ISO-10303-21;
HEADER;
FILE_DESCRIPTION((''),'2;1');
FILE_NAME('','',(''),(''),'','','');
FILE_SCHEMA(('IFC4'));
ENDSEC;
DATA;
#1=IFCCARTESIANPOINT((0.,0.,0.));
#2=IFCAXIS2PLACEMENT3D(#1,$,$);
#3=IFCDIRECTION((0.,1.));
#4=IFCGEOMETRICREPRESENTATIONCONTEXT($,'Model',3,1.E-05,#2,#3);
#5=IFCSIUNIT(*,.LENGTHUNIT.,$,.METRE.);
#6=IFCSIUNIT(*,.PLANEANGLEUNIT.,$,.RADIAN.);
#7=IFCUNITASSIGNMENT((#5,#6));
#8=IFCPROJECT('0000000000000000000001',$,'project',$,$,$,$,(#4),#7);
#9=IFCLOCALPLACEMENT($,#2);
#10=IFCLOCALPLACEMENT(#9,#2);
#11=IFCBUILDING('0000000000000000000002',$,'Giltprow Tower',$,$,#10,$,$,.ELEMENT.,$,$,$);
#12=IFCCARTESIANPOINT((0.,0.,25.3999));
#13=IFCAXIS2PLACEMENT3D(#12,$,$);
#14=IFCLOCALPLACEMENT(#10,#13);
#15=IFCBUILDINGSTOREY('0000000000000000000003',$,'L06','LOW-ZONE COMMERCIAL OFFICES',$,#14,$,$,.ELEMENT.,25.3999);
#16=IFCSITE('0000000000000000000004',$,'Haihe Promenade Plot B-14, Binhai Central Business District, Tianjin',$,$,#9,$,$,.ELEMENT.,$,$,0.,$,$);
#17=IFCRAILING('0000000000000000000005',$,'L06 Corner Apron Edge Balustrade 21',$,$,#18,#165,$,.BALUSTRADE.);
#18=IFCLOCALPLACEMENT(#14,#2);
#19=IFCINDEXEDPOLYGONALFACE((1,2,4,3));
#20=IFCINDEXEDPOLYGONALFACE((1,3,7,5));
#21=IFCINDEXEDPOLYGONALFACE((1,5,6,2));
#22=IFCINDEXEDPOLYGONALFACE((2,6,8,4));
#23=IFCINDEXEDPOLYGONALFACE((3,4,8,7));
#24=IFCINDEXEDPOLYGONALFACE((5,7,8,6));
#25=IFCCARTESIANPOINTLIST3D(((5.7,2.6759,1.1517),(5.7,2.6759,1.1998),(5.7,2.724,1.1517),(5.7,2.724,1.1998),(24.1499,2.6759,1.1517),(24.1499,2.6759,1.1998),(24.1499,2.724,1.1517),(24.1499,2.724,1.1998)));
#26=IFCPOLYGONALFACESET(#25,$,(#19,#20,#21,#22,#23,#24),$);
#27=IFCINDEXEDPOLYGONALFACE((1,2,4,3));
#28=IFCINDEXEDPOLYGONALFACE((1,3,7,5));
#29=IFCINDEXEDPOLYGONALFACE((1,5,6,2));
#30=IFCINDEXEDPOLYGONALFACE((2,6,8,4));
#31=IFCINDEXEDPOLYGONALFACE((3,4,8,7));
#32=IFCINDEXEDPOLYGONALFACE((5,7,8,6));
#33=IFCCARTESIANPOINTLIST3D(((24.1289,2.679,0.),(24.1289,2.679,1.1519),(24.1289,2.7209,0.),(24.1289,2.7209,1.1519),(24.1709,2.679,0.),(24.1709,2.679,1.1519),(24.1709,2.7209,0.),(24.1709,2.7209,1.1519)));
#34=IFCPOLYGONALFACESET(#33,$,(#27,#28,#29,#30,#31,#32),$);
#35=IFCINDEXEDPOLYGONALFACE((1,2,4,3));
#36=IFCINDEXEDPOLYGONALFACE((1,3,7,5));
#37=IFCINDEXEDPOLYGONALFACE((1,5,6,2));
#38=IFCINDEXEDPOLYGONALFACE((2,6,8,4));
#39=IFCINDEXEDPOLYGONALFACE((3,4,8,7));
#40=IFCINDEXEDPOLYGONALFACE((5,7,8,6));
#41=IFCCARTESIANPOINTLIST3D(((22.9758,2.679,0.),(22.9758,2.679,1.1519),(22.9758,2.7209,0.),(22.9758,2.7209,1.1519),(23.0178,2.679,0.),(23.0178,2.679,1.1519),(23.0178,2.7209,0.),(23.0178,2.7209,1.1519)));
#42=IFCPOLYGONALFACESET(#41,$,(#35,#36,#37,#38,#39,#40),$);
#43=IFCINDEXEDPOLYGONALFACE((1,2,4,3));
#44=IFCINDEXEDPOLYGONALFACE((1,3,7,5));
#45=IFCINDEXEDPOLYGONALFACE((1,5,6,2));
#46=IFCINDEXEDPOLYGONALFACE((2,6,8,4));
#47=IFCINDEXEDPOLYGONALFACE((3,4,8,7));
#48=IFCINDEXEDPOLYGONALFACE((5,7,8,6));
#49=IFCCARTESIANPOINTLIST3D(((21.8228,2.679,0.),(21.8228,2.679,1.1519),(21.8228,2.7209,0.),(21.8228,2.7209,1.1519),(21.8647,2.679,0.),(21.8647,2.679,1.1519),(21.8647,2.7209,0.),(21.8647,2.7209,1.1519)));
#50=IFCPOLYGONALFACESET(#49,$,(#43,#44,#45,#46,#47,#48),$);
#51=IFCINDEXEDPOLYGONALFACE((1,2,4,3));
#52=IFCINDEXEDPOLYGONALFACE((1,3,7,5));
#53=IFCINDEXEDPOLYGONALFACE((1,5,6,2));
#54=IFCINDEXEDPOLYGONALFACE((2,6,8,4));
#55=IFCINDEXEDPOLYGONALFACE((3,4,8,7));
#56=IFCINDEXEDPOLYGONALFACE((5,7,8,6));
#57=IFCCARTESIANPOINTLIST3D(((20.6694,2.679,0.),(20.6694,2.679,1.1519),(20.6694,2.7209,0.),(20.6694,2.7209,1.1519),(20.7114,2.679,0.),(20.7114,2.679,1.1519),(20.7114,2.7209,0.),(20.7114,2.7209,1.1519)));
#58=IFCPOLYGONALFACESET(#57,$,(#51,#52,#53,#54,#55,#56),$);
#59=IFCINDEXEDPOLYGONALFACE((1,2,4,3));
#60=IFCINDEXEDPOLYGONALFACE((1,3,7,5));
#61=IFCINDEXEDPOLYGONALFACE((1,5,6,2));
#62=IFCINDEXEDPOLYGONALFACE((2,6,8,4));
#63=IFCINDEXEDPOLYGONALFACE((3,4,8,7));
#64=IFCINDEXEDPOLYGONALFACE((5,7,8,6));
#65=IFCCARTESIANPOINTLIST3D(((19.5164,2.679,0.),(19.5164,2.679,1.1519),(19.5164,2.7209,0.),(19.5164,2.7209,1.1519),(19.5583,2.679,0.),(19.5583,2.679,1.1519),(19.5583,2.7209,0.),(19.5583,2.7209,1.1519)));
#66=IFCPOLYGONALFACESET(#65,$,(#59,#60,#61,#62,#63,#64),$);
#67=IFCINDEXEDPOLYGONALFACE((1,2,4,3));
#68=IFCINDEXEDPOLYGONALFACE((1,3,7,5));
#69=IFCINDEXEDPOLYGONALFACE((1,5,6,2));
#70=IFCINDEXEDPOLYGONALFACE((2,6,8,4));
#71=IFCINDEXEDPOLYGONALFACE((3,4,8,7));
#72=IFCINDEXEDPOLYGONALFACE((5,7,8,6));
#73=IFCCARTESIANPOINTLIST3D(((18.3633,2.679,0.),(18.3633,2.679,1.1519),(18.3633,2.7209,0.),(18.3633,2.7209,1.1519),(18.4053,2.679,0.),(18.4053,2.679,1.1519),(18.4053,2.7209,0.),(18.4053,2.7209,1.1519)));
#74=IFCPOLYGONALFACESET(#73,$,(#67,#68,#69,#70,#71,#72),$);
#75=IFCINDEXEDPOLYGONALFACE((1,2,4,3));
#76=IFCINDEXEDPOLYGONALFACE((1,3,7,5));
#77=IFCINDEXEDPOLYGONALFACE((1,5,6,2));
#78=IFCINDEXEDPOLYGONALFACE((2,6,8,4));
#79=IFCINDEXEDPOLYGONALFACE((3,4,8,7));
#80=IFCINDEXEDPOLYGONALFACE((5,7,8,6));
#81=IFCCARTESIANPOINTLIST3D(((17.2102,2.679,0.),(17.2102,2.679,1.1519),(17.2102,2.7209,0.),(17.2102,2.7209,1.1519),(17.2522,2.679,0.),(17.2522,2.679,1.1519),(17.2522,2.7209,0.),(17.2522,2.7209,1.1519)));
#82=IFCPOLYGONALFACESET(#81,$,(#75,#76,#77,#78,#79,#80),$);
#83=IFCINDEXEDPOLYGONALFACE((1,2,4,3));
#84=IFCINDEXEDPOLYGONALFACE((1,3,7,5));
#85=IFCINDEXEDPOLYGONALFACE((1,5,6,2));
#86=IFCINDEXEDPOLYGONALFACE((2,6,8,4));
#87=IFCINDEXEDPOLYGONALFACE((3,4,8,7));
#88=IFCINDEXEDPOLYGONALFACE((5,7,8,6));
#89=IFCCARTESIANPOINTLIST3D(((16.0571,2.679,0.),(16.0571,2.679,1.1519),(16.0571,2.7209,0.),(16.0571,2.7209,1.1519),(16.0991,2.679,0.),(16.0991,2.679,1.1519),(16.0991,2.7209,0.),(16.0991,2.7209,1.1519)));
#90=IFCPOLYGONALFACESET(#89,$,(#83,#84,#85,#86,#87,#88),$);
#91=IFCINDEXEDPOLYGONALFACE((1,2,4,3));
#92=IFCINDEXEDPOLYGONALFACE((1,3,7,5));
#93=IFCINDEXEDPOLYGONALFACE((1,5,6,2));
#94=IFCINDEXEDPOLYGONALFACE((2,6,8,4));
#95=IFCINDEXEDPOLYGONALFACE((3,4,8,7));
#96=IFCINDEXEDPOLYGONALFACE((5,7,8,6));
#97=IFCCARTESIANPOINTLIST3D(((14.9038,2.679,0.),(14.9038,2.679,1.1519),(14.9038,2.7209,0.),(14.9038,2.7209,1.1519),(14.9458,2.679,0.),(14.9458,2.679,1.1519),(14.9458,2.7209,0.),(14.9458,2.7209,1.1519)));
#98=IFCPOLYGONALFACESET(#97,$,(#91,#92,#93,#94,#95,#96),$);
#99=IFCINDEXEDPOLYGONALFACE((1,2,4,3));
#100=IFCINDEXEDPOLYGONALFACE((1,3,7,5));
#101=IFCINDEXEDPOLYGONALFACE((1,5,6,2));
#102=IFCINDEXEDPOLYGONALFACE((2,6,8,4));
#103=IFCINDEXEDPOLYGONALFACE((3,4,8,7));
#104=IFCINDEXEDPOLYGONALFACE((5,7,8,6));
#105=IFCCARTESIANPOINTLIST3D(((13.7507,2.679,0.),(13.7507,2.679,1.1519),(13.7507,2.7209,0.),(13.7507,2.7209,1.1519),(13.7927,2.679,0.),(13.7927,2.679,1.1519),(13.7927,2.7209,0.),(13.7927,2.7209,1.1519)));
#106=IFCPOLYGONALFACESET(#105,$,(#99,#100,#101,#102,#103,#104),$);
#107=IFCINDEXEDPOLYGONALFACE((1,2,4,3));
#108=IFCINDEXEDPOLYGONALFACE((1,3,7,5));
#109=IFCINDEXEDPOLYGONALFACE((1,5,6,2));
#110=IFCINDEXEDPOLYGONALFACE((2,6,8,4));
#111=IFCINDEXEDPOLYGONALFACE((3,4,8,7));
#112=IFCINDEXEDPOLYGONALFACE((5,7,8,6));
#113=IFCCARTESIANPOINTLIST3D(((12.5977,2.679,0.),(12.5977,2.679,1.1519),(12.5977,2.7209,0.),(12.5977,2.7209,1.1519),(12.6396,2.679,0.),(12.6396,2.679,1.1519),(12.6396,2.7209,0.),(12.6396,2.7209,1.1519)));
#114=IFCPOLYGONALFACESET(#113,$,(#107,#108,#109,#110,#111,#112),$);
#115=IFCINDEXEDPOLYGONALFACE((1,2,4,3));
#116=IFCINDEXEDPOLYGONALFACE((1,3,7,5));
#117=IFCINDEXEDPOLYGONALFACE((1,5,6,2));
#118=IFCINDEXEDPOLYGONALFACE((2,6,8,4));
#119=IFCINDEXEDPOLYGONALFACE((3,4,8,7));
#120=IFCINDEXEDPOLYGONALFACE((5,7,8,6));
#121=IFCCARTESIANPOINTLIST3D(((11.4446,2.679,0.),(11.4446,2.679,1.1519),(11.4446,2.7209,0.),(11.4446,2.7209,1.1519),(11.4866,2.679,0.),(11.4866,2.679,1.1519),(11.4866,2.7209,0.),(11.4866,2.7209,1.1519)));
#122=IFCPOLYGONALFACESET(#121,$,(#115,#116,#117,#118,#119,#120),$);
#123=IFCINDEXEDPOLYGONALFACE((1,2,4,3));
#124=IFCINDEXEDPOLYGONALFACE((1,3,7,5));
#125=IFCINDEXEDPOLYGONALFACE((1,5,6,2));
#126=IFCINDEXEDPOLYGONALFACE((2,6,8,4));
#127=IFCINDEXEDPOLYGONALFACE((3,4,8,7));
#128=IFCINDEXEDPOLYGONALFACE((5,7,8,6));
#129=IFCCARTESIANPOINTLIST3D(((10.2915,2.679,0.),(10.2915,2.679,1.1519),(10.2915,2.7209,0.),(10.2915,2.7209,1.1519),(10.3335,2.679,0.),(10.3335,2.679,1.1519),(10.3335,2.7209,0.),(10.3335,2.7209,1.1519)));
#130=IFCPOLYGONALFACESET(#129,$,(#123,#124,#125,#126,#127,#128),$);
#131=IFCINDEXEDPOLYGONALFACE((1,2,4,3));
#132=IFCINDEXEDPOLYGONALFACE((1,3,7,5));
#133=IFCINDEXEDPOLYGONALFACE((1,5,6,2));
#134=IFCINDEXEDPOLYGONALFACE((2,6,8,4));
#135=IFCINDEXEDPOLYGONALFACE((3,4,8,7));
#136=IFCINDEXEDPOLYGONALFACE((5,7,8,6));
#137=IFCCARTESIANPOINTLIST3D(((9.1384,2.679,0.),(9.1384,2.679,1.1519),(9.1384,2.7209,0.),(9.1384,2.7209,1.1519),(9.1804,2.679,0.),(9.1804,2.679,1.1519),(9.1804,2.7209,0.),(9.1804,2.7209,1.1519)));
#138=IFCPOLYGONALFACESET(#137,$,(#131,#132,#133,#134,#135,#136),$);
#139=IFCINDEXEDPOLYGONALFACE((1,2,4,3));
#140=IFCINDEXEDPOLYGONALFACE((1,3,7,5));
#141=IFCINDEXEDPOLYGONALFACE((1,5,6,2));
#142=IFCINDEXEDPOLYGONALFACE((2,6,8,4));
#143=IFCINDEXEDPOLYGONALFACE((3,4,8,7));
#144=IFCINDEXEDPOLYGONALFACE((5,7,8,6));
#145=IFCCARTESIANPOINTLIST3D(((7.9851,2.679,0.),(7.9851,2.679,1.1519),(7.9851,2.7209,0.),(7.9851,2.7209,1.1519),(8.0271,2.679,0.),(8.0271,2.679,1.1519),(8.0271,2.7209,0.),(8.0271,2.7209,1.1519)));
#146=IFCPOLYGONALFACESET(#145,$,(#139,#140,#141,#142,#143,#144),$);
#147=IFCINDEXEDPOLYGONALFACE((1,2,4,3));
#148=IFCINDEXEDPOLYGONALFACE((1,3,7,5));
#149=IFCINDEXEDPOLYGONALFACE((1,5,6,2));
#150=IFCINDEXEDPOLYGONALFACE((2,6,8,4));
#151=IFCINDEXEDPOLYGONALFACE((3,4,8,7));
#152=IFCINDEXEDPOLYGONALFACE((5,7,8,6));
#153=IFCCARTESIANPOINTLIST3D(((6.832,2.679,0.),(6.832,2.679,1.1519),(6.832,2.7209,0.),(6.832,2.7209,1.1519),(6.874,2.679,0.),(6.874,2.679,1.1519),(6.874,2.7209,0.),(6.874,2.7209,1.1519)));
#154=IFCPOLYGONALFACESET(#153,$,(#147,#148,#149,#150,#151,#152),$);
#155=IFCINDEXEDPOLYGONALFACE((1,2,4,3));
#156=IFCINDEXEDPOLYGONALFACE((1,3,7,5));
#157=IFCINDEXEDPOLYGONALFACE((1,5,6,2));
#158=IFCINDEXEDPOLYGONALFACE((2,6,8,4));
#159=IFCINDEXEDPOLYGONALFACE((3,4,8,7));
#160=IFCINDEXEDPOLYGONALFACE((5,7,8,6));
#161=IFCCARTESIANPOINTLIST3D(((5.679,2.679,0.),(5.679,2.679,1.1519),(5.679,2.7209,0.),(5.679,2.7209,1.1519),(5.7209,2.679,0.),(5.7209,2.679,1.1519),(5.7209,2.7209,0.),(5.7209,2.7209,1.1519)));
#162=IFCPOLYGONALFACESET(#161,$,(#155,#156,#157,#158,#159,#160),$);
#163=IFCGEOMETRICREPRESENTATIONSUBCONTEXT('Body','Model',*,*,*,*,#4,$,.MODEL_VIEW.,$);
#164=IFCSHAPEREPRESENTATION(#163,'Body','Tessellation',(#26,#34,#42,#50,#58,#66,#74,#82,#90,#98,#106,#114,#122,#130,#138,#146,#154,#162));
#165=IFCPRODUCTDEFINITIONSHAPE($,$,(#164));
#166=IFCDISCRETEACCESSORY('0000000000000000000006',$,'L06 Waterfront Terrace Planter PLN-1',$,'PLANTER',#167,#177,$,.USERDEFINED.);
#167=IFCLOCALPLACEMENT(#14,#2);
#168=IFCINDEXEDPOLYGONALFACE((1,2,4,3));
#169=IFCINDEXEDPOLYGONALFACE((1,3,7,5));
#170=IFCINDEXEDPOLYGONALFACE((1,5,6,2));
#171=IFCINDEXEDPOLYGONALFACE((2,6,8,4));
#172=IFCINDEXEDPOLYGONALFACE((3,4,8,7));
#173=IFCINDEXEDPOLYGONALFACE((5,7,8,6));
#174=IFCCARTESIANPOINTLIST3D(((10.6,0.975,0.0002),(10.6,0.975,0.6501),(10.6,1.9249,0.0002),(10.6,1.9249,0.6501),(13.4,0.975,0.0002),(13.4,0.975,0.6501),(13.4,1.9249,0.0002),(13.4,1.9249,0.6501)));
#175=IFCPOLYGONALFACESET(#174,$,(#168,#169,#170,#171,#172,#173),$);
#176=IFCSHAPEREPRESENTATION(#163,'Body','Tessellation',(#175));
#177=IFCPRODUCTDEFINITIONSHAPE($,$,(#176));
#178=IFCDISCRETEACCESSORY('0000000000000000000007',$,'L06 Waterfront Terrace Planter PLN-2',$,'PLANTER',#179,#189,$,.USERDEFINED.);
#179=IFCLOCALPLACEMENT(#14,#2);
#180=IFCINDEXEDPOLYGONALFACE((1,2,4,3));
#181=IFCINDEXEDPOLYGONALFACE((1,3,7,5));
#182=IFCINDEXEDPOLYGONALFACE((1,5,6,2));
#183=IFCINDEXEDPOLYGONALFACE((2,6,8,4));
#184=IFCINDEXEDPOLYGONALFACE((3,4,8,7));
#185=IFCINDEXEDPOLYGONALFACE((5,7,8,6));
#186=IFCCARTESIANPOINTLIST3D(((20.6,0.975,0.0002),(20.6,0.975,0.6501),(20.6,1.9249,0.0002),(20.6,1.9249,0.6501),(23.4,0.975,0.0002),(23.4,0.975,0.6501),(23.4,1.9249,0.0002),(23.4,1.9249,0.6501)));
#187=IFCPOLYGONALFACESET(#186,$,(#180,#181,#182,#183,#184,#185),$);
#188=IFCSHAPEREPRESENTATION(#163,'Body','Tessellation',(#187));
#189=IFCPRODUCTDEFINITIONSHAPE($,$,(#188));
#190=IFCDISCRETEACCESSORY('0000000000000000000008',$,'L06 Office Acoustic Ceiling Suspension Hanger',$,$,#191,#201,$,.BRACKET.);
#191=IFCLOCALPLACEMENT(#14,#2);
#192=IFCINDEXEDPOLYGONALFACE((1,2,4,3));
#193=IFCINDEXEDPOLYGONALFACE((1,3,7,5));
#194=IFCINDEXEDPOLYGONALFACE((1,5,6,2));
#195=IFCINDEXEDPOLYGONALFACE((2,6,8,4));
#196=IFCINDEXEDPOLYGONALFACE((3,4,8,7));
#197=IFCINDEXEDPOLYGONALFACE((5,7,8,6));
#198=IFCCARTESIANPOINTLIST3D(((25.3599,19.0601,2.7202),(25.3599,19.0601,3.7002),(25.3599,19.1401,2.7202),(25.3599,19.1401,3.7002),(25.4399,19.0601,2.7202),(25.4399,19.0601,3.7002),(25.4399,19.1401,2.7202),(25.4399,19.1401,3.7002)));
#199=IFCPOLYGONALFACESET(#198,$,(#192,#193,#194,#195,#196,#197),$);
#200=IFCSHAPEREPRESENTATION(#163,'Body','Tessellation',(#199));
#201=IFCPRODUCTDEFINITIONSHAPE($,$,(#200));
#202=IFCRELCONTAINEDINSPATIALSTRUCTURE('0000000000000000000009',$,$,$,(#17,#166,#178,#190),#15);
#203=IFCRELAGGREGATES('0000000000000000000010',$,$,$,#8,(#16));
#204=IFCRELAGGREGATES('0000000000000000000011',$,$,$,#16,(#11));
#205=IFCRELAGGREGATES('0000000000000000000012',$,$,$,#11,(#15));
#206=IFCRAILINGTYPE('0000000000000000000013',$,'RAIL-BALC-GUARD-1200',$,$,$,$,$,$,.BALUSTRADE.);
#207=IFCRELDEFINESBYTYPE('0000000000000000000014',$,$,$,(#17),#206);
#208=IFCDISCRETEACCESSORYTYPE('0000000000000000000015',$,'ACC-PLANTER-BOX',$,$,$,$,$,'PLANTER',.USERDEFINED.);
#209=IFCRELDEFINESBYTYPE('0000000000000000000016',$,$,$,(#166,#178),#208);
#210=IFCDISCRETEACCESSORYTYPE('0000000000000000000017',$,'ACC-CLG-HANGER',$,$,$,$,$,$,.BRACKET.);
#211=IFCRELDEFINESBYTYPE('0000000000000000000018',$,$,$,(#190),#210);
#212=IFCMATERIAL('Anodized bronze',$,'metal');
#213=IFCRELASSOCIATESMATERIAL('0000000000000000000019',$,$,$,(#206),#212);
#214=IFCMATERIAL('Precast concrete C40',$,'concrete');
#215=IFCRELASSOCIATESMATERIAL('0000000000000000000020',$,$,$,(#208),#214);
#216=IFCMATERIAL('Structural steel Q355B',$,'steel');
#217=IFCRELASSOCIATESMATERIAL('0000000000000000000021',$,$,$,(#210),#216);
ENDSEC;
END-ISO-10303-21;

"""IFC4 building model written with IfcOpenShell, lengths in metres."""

from ifc_helpers import new_model, si_unit, direction, frame, origin, origin_2d, place, context, subcontext, project, spatial, rectangle, extrude, source, transform, mapped, material, type_object, element, save


model = new_model("IFC4")

# Units and contexts
model_context = context("Model", 3, precision=1e-05, world=origin(), true_north=direction((0.0, 1.0)))
body_context = subcontext(model_context, "Body", "Model", "MODEL_VIEW")
ifc_project = project(units=[si_unit("LENGTHUNIT", "METRE"), si_unit("PLANEANGLEUNIT", "RADIAN")], contexts=[model_context])

# Site, building, storey
site_placement = place(None, origin())
site = spatial("IfcSite", under=ifc_project, at=site_placement, Name="Haihe Promenade Plot B-14, Binhai Central Business District, Tianjin", CompositionType="ELEMENT", RefElevation=0.0)
building_placement = place(site_placement, origin())
building = spatial("IfcBuilding", under=site, at=building_placement, Name="Giltprow Tower", CompositionType="ELEMENT")
storey_placement = place(building_placement, frame((0.0, 0.0, 25.3999)))
storey = spatial("IfcBuildingStorey", under=building, at=storey_placement, Name="L06", Description="LOW-ZONE COMMERCIAL OFFICES", CompositionType="ELEMENT", Elevation=25.3999)

# Shared definitions
ifc_material_1 = material(Name="Structural steel Q355B", Category="steel")

# Shared definitions
ifc_material_2 = material(Name="Anodized bronze", Category="metal")

# Shared definitions
ifc_material_3 = material(Name="Precast concrete C40", Category="concrete")

# Railing
railing_type = type_object("IfcRailingType", Name="RAIL-BALC-GUARD-1200", PredefinedType="BALUSTRADE", material=ifc_material_2)
railing_placement = place(storey_placement, frame((24.1499, 2.7, 0.0)))
element("IfcRailing", 1, at=railing_placement, inside=storey, type_object=railing_type, Name="L06 Corner Apron Edge Balustrade 21", PredefinedType="BALUSTRADE", context=body_context, shape_type="SweptSolid", body=[
    extrude(rectangle(XDim=0.0481, YDim=0.0481, at=origin_2d()), frame((0.0, 0.0, 1.1758), z_axis=(-1.0, 0.0, 0.0), x_axis=(0.0, -1.0, 0.0)), (0.0, 0.0, 1.0), 18.45),
    extrude(rectangle(XDim=0.042, YDim=0.042, at=origin_2d()), origin(), (0.0, 0.0, 1.0), 1.1519),
    extrude(rectangle(XDim=0.042, YDim=0.042, at=origin_2d()), frame((-1.1531, 0.0, 0.0)), (0.0, 0.0, 1.0), 1.1519),
    extrude(rectangle(XDim=0.042, YDim=0.042, at=origin_2d()), frame((-2.3062, 0.0, 0.0)), (0.0, 0.0, 1.0), 1.1519),
    extrude(rectangle(XDim=0.042, YDim=0.042, at=origin_2d()), frame((-3.4595, 0.0, 0.0)), (0.0, 0.0, 1.0), 1.1519),
    extrude(rectangle(XDim=0.042, YDim=0.042, at=origin_2d()), frame((-4.6125, 0.0, 0.0)), (0.0, 0.0, 1.0), 1.1519),
    extrude(rectangle(XDim=0.042, YDim=0.042, at=origin_2d()), frame((-5.7656, 0.0, 0.0)), (0.0, 0.0, 1.0), 1.1519),
    extrude(rectangle(XDim=0.042, YDim=0.042, at=origin_2d()), frame((-6.9187, 0.0, 0.0)), (0.0, 0.0, 1.0), 1.1519),
    extrude(rectangle(XDim=0.042, YDim=0.042, at=origin_2d()), frame((-8.0718, 0.0, 0.0)), (0.0, 0.0, 1.0), 1.1519),
    extrude(rectangle(XDim=0.042, YDim=0.042, at=origin_2d()), frame((-9.2251, 0.0, 0.0)), (0.0, 0.0, 1.0), 1.1519),
    extrude(rectangle(XDim=0.042, YDim=0.042, at=origin_2d()), frame((-10.3782, 0.0, 0.0)), (0.0, 0.0, 1.0), 1.1519),
    extrude(rectangle(XDim=0.042, YDim=0.042, at=origin_2d()), frame((-11.5312, 0.0, 0.0)), (0.0, 0.0, 1.0), 1.1519),
    extrude(rectangle(XDim=0.042, YDim=0.042, at=origin_2d()), frame((-12.6843, 0.0, 0.0)), (0.0, 0.0, 1.0), 1.1519),
    extrude(rectangle(XDim=0.042, YDim=0.042, at=origin_2d()), frame((-13.8374, 0.0, 0.0)), (0.0, 0.0, 1.0), 1.1519),
    extrude(rectangle(XDim=0.042, YDim=0.042, at=origin_2d()), frame((-14.9905, 0.0, 0.0)), (0.0, 0.0, 1.0), 1.1519),
    extrude(rectangle(XDim=0.042, YDim=0.042, at=origin_2d()), frame((-16.1438, 0.0, 0.0)), (0.0, 0.0, 1.0), 1.1519),
    extrude(rectangle(XDim=0.042, YDim=0.042, at=origin_2d()), frame((-17.2969, 0.0, 0.0)), (0.0, 0.0, 1.0), 1.1519),
    extrude(rectangle(XDim=0.042, YDim=0.042, at=origin_2d()), frame((-18.45, 0.0, 0.0)), (0.0, 0.0, 1.0), 1.1519),
])

# Discrete accessories
discrete_accessory_type_1 = type_object("IfcDiscreteAccessoryType", Name="ACC-PLANTER-BOX", ElementType="PLANTER", PredefinedType="USERDEFINED", material=ifc_material_3)
shared_shape_1 = source(origin(), body_context, "Body", "SweptSolid", [
    extrude(rectangle(XDim=2.8, YDim=0.95, at=origin_2d()), origin(), (0.0, 0.0, 1.0), 0.6499),
])
for number, where, z_axis, x_axis, name in (
    (2, (12.0, 1.45, 0.0002), (0.0, 0.0, 1.0), (1.0, 0.0, 0.0), "L06 Waterfront Terrace Planter PLN-1"),
    (3, (22.0, 1.45, 0.0002), (0.0, 0.0, 1.0), (1.0, 0.0, 0.0), "L06 Waterfront Terrace Planter PLN-2"),
):
    element("IfcDiscreteAccessory", number, at=place(storey_placement, frame(where, z_axis=z_axis, x_axis=x_axis)), inside=storey, type_object=discrete_accessory_type_1, Name=name, ObjectType="PLANTER", PredefinedType="USERDEFINED", context=body_context, shape_type="MappedRepresentation", body=[
        mapped(shared_shape_1, transform((0.0, 0.0, 0.0), x_axis=(1.0, 0.0, 0.0), y_axis=(0.0, 1.0, 0.0), z_axis=(0.0, 0.0, 1.0), scale=1.0)),
    ])
discrete_accessory_type_2 = type_object("IfcDiscreteAccessoryType", Name="ACC-CLG-HANGER", PredefinedType="BRACKET", material=ifc_material_1)
shared_shape_2 = source(origin(), body_context, "Body", "SweptSolid", [
    extrude(rectangle(XDim=0.0801, YDim=0.0801, at=origin_2d()), origin(), (0.0, 0.0, 1.0), 0.98),
])
discrete_accessory_placement = place(storey_placement, frame((25.3999, 19.1001, 2.7202), z_axis=(0.0, 0.0, 1.0), x_axis=(1.0, 0.0, 0.0)))
element("IfcDiscreteAccessory", 4, at=discrete_accessory_placement, inside=storey, type_object=discrete_accessory_type_2, Name="L06 Office Acoustic Ceiling Suspension Hanger", PredefinedType="BRACKET", context=body_context, shape_type="MappedRepresentation", body=[
    mapped(shared_shape_2, transform((0.0, 0.0, 0.0), x_axis=(1.0, 0.0, 0.0), y_axis=(0.0, 1.0, 0.0), z_axis=(0.0, 0.0, 1.0), scale=1.0)),
])

save(model, "model.ifc")
